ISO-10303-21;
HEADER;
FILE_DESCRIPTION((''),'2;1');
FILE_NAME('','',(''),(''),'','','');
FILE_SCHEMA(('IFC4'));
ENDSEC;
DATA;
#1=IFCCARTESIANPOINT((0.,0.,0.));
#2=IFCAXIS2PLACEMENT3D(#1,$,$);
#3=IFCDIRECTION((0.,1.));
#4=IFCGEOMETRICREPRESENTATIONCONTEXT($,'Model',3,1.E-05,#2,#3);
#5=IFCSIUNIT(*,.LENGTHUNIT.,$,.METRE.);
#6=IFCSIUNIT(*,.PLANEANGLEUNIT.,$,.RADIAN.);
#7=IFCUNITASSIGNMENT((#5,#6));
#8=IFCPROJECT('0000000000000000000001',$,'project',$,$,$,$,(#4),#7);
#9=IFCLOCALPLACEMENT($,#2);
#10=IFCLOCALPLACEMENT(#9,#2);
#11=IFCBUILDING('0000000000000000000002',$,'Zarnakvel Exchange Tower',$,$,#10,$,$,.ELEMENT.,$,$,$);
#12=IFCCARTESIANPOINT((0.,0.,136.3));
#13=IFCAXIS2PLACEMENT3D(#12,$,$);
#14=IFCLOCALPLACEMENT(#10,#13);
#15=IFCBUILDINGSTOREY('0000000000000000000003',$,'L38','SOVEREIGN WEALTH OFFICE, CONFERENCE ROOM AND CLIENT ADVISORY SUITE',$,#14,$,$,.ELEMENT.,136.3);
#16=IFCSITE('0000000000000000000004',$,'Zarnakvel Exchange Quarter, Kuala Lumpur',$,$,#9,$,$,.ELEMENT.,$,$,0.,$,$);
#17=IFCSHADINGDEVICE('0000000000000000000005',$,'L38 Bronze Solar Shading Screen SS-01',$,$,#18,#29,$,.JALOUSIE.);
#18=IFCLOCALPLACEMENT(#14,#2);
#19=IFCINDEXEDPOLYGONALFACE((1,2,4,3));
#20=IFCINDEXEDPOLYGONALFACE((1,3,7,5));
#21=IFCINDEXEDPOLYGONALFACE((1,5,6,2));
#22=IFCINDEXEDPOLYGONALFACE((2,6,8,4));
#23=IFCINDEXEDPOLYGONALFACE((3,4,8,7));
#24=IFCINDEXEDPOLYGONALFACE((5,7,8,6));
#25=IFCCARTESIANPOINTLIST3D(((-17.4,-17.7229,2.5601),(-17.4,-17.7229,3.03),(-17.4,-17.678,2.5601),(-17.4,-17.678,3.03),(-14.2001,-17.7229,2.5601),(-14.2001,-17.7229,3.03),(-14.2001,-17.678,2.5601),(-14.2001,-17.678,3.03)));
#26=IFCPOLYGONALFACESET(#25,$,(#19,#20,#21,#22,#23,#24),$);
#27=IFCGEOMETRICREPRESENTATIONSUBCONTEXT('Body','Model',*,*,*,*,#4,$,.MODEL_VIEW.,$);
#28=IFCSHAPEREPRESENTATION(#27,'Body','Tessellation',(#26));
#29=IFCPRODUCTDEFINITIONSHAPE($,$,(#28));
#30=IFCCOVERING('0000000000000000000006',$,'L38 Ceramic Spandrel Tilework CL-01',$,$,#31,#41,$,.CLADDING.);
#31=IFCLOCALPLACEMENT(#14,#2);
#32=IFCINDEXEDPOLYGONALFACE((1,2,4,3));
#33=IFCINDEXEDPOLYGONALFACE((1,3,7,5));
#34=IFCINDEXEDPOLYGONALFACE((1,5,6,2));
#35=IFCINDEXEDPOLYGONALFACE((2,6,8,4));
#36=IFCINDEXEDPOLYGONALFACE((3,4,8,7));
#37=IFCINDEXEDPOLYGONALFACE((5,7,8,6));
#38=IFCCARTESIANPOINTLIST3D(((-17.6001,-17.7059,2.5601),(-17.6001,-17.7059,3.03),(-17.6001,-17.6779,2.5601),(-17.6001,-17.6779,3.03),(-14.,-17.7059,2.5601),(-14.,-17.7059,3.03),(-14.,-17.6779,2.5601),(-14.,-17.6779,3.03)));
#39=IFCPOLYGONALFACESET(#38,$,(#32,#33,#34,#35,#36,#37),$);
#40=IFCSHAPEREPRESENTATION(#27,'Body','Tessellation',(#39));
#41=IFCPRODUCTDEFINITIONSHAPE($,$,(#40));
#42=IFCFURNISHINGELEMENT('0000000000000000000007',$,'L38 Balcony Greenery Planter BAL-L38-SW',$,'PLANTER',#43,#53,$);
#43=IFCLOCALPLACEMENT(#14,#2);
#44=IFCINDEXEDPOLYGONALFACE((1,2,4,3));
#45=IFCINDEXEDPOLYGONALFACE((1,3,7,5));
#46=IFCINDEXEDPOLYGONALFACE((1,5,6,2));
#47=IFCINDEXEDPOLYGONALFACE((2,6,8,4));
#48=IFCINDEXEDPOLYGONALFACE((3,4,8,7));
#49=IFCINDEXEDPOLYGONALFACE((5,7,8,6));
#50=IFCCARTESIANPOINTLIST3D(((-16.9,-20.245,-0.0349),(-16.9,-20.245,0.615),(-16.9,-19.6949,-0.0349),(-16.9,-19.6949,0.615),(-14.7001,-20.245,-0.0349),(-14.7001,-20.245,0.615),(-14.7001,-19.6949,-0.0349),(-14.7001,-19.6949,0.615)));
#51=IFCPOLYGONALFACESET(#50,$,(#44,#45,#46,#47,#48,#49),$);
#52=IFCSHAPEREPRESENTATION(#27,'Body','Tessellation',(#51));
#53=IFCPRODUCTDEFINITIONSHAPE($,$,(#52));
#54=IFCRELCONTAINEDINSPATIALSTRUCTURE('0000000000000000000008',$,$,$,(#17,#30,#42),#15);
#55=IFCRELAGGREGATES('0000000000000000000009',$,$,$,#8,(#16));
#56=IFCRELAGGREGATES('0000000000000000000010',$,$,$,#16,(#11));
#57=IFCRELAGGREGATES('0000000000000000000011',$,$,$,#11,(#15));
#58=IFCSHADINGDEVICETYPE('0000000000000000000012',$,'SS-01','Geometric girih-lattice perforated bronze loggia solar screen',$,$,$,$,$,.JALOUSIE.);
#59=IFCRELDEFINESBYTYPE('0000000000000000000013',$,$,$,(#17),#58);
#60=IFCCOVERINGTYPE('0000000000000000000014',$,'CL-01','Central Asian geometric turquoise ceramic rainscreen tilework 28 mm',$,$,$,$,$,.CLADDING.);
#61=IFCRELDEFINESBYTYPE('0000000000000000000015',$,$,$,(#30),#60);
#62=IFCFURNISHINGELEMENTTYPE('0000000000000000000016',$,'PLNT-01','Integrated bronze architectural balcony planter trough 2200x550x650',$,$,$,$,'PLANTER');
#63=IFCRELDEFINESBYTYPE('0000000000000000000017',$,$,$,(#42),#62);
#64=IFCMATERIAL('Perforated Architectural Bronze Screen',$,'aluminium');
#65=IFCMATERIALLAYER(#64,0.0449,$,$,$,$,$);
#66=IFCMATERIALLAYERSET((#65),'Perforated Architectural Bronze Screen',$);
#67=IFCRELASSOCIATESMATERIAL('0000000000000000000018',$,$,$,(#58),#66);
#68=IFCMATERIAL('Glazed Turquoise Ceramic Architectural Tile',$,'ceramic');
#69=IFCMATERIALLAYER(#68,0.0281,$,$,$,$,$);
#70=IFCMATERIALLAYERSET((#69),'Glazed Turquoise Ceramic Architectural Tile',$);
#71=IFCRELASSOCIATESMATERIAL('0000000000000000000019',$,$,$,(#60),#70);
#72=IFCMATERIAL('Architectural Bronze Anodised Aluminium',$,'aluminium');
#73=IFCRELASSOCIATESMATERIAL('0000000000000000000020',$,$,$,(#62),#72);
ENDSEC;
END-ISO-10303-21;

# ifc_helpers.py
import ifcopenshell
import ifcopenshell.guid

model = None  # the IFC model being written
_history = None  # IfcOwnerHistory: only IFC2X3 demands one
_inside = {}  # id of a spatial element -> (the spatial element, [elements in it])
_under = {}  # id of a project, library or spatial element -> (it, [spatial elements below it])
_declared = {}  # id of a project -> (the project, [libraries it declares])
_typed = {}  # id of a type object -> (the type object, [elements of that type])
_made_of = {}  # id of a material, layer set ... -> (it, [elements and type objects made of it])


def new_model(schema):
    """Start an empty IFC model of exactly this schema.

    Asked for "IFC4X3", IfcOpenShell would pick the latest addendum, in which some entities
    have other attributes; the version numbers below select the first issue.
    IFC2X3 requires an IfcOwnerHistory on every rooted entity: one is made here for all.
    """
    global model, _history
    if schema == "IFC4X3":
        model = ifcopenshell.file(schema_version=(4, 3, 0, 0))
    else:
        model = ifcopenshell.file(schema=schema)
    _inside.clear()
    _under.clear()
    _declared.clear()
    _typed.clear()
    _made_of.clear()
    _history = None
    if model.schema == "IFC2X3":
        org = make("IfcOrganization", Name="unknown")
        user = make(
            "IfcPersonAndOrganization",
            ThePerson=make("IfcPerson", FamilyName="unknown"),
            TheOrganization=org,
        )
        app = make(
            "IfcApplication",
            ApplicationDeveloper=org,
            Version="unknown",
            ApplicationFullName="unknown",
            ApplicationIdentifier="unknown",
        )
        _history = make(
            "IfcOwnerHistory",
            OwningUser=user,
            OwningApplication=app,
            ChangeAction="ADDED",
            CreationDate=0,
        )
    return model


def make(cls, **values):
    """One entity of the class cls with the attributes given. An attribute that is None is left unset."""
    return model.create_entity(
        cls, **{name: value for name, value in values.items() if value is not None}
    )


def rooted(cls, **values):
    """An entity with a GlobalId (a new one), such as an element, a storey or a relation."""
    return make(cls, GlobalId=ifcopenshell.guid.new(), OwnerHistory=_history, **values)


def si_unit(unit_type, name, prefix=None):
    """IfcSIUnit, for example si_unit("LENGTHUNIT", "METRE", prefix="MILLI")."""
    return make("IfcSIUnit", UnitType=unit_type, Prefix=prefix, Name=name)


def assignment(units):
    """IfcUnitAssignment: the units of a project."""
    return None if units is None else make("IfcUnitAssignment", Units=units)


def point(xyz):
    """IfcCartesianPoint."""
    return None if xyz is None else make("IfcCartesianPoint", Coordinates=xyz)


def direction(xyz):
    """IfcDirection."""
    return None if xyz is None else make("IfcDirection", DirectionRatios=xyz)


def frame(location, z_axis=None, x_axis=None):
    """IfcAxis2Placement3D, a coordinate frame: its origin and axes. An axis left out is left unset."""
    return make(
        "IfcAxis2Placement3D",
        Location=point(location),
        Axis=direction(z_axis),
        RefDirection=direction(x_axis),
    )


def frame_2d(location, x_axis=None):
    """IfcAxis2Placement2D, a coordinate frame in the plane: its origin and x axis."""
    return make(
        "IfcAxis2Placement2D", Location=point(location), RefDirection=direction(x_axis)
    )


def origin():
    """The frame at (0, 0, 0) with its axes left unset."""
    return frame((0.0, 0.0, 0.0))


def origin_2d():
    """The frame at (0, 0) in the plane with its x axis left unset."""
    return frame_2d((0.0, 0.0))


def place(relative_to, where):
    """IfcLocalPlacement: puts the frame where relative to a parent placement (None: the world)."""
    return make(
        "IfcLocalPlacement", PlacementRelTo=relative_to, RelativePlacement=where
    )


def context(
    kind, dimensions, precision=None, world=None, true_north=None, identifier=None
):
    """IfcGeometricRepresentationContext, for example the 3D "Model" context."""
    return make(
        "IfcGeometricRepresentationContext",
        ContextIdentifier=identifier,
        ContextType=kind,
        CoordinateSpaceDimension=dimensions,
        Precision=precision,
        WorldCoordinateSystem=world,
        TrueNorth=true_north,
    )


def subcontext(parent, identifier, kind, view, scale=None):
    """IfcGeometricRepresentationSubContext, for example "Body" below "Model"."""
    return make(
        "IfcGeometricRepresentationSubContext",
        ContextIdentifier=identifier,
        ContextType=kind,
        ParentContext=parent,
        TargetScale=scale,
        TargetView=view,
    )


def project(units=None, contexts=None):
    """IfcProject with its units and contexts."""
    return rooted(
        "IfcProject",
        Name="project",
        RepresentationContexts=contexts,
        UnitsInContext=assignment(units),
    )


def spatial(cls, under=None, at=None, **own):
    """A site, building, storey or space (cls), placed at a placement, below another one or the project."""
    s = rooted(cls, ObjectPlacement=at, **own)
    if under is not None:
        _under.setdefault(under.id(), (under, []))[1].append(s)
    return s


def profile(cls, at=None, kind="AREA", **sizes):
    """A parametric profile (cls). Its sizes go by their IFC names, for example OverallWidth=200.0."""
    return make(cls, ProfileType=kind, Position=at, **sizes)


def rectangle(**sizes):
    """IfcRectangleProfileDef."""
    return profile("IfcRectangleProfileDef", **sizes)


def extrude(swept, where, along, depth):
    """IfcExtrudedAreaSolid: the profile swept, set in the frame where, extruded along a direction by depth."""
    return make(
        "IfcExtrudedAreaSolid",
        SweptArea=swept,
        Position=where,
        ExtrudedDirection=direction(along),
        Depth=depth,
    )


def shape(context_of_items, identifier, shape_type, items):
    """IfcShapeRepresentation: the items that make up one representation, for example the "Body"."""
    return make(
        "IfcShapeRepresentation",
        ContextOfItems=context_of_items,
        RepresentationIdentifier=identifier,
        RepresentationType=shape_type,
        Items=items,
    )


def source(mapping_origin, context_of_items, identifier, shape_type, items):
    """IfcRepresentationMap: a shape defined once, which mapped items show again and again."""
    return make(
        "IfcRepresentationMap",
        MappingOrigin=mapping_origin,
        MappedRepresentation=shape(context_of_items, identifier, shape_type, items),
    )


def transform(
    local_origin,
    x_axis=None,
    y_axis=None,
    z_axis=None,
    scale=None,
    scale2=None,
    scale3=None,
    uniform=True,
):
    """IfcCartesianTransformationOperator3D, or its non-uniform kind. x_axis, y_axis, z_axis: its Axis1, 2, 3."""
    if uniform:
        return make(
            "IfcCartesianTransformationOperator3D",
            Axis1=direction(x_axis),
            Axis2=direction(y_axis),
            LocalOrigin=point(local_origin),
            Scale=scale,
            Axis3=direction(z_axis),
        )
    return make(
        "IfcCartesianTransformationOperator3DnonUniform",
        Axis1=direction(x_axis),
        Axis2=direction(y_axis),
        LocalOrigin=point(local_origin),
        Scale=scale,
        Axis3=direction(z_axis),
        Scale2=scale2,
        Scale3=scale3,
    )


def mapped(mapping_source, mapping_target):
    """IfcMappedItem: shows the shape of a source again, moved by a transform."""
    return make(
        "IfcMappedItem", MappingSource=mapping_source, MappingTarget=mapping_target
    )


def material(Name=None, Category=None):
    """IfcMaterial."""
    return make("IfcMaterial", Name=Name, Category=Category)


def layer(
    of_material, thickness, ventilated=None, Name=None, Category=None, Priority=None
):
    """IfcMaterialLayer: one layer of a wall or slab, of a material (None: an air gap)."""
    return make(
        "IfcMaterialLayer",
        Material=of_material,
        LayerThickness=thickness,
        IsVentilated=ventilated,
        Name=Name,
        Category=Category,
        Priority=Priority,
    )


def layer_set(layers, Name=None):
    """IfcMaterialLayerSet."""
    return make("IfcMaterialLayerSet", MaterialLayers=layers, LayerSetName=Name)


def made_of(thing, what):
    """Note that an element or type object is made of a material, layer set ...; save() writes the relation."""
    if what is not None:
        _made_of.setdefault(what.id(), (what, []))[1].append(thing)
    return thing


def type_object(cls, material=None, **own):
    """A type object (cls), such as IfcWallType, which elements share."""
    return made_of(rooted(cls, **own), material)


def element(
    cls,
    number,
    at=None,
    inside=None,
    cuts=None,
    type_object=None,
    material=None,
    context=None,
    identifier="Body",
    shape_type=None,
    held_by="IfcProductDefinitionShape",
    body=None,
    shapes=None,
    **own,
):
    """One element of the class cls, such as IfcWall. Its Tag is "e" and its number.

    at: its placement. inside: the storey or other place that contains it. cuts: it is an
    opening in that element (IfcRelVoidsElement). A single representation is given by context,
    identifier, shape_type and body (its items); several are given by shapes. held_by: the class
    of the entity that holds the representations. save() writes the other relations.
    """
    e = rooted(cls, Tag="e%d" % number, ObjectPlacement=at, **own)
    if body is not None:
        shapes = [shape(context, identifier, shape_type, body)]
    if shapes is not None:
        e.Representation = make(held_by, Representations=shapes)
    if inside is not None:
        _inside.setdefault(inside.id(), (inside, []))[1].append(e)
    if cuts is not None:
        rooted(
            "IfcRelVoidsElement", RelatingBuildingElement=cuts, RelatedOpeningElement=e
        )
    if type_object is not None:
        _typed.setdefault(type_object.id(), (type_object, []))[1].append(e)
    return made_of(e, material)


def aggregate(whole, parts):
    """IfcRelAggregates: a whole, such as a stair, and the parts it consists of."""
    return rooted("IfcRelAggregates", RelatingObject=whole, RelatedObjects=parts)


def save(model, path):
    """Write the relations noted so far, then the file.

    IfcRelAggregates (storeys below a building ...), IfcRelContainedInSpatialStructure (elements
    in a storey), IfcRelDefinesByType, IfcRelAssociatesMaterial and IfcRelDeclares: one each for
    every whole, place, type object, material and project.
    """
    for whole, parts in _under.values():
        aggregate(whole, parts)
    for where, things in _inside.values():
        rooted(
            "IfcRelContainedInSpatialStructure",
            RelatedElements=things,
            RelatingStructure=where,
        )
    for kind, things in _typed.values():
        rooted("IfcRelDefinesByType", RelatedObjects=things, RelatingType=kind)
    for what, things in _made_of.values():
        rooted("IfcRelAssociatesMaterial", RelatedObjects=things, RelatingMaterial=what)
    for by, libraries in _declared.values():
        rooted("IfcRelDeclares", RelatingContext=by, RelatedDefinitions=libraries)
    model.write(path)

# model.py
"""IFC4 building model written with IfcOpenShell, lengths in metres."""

from ifc_helpers import new_model, si_unit, direction, frame, origin, origin_2d, place, context, subcontext, project, spatial, rectangle, extrude, source, transform, mapped, material, layer, layer_set, type_object, element, save


model = new_model("IFC4")

# Units and contexts
model_context = context("Model", 3, precision=1e-05, world=origin(), true_north=direction((0.0, 1.0)))
body_context = subcontext(model_context, "Body", "Model", "MODEL_VIEW")
ifc_project = project(units=[si_unit("LENGTHUNIT", "METRE"), si_unit("PLANEANGLEUNIT", "RADIAN")], contexts=[model_context])

# Site, building, storey
site_placement = place(None, origin())
site = spatial("IfcSite", under=ifc_project, at=site_placement, Name="Zarnakvel Exchange Quarter, Kuala Lumpur", CompositionType="ELEMENT", RefElevation=0.0)
building_placement = place(site_placement, origin())
building = spatial("IfcBuilding", under=site, at=building_placement, Name="Zarnakvel Exchange Tower", CompositionType="ELEMENT")
storey_placement = place(building_placement, frame((0.0, 0.0, 136.3)))
storey = spatial("IfcBuildingStorey", under=building, at=storey_placement, Name="L38", Description="SOVEREIGN WEALTH OFFICE, CONFERENCE ROOM AND CLIENT ADVISORY SUITE", CompositionType="ELEMENT", Elevation=136.3)

# Shared definitions
ifc_material_1 = material(Name="Architectural Bronze Anodised Aluminium", Category="aluminium")

# Shading device
ifc_material_2 = material(Name="Perforated Architectural Bronze Screen", Category="aluminium")
ifc_layer_1 = layer(ifc_material_2, 0.0449)
ifc_layer_set_1 = layer_set([ifc_layer_1], Name="Perforated Architectural Bronze Screen")
shading_device_type = type_object("IfcShadingDeviceType", Name="SS-01", Description="Geometric girih-lattice perforated bronze loggia solar screen", PredefinedType="JALOUSIE", material=ifc_layer_set_1)
shared_shape_1 = source(origin(), body_context, "Body", "SweptSolid", [
    extrude(rectangle(XDim=3.2, YDim=0.0449, at=origin_2d()), origin(), (0.0, 0.0, 1.0), 0.47),
])
shading_device_placement = place(storey_placement, frame((-15.8, -17.7004, 2.5601), z_axis=(0.0, 0.0, 1.0), x_axis=(-1.0, 0.0, 0.0)))
element("IfcShadingDevice", 1, at=shading_device_placement, inside=storey, type_object=shading_device_type, Name="L38 Bronze Solar Shading Screen SS-01", PredefinedType="JALOUSIE", context=body_context, shape_type="MappedRepresentation", body=[
    mapped(shared_shape_1, transform((0.0, 0.0, 0.0), x_axis=(1.0, 0.0, 0.0), y_axis=(0.0, 1.0, 0.0), z_axis=(0.0, 0.0, 1.0), scale=1.0)),
])

# Covering
ifc_material_3 = material(Name="Glazed Turquoise Ceramic Architectural Tile", Category="ceramic")
ifc_layer_2 = layer(ifc_material_3, 0.0281)
ifc_layer_set_2 = layer_set([ifc_layer_2], Name="Glazed Turquoise Ceramic Architectural Tile")
covering_type = type_object("IfcCoveringType", Name="CL-01", Description="Central Asian geometric turquoise ceramic rainscreen tilework 28 mm", PredefinedType="CLADDING", material=ifc_layer_set_2)
shared_shape_2 = source(origin(), body_context, "Body", "SweptSolid", [
    extrude(rectangle(XDim=3.6001, YDim=0.0281, at=origin_2d()), origin(), (0.0, 0.0, 1.0), 0.47),
])
covering_placement = place(storey_placement, frame((-15.8, -17.6919, 2.5601), z_axis=(0.0, 0.0, 1.0), x_axis=(-1.0, 0.0, 0.0)))
element("IfcCovering", 2, at=covering_placement, inside=storey, type_object=covering_type, Name="L38 Ceramic Spandrel Tilework CL-01", PredefinedType="CLADDING", context=body_context, shape_type="MappedRepresentation", body=[
    mapped(shared_shape_2, transform((0.0, 0.0, 0.0), x_axis=(1.0, 0.0, 0.0), y_axis=(0.0, 1.0, 0.0), z_axis=(0.0, 0.0, 1.0), scale=1.0)),
])

# Furnishing element
furnishing_element_type = type_object("IfcFurnishingElementType", Name="PLNT-01", Description="Integrated bronze architectural balcony planter trough 2200x550x650", ElementType="PLANTER", material=ifc_material_1)
shared_shape_3 = source(origin(), body_context, "Body", "SweptSolid", [
    extrude(rectangle(XDim=2.2, YDim=0.55, at=origin_2d()), origin(), (0.0, 0.0, 1.0), 0.6499),
])
furnishing_placement = place(storey_placement, frame((-15.8, -19.97, -0.0349), z_axis=(0.0, 0.0, 1.0), x_axis=(1.0, 0.0, 0.0)))
element("IfcFurnishingElement", 3, at=furnishing_placement, inside=storey, type_object=furnishing_element_type, Name="L38 Balcony Greenery Planter BAL-L38-SW", ObjectType="PLANTER", context=body_context, shape_type="MappedRepresentation", body=[
    mapped(shared_shape_3, transform((0.0, 0.0, 0.0), x_axis=(1.0, 0.0, 0.0), y_axis=(0.0, 1.0, 0.0), z_axis=(0.0, 0.0, 1.0), scale=1.0)),
])

save(model, "model.ifc")
